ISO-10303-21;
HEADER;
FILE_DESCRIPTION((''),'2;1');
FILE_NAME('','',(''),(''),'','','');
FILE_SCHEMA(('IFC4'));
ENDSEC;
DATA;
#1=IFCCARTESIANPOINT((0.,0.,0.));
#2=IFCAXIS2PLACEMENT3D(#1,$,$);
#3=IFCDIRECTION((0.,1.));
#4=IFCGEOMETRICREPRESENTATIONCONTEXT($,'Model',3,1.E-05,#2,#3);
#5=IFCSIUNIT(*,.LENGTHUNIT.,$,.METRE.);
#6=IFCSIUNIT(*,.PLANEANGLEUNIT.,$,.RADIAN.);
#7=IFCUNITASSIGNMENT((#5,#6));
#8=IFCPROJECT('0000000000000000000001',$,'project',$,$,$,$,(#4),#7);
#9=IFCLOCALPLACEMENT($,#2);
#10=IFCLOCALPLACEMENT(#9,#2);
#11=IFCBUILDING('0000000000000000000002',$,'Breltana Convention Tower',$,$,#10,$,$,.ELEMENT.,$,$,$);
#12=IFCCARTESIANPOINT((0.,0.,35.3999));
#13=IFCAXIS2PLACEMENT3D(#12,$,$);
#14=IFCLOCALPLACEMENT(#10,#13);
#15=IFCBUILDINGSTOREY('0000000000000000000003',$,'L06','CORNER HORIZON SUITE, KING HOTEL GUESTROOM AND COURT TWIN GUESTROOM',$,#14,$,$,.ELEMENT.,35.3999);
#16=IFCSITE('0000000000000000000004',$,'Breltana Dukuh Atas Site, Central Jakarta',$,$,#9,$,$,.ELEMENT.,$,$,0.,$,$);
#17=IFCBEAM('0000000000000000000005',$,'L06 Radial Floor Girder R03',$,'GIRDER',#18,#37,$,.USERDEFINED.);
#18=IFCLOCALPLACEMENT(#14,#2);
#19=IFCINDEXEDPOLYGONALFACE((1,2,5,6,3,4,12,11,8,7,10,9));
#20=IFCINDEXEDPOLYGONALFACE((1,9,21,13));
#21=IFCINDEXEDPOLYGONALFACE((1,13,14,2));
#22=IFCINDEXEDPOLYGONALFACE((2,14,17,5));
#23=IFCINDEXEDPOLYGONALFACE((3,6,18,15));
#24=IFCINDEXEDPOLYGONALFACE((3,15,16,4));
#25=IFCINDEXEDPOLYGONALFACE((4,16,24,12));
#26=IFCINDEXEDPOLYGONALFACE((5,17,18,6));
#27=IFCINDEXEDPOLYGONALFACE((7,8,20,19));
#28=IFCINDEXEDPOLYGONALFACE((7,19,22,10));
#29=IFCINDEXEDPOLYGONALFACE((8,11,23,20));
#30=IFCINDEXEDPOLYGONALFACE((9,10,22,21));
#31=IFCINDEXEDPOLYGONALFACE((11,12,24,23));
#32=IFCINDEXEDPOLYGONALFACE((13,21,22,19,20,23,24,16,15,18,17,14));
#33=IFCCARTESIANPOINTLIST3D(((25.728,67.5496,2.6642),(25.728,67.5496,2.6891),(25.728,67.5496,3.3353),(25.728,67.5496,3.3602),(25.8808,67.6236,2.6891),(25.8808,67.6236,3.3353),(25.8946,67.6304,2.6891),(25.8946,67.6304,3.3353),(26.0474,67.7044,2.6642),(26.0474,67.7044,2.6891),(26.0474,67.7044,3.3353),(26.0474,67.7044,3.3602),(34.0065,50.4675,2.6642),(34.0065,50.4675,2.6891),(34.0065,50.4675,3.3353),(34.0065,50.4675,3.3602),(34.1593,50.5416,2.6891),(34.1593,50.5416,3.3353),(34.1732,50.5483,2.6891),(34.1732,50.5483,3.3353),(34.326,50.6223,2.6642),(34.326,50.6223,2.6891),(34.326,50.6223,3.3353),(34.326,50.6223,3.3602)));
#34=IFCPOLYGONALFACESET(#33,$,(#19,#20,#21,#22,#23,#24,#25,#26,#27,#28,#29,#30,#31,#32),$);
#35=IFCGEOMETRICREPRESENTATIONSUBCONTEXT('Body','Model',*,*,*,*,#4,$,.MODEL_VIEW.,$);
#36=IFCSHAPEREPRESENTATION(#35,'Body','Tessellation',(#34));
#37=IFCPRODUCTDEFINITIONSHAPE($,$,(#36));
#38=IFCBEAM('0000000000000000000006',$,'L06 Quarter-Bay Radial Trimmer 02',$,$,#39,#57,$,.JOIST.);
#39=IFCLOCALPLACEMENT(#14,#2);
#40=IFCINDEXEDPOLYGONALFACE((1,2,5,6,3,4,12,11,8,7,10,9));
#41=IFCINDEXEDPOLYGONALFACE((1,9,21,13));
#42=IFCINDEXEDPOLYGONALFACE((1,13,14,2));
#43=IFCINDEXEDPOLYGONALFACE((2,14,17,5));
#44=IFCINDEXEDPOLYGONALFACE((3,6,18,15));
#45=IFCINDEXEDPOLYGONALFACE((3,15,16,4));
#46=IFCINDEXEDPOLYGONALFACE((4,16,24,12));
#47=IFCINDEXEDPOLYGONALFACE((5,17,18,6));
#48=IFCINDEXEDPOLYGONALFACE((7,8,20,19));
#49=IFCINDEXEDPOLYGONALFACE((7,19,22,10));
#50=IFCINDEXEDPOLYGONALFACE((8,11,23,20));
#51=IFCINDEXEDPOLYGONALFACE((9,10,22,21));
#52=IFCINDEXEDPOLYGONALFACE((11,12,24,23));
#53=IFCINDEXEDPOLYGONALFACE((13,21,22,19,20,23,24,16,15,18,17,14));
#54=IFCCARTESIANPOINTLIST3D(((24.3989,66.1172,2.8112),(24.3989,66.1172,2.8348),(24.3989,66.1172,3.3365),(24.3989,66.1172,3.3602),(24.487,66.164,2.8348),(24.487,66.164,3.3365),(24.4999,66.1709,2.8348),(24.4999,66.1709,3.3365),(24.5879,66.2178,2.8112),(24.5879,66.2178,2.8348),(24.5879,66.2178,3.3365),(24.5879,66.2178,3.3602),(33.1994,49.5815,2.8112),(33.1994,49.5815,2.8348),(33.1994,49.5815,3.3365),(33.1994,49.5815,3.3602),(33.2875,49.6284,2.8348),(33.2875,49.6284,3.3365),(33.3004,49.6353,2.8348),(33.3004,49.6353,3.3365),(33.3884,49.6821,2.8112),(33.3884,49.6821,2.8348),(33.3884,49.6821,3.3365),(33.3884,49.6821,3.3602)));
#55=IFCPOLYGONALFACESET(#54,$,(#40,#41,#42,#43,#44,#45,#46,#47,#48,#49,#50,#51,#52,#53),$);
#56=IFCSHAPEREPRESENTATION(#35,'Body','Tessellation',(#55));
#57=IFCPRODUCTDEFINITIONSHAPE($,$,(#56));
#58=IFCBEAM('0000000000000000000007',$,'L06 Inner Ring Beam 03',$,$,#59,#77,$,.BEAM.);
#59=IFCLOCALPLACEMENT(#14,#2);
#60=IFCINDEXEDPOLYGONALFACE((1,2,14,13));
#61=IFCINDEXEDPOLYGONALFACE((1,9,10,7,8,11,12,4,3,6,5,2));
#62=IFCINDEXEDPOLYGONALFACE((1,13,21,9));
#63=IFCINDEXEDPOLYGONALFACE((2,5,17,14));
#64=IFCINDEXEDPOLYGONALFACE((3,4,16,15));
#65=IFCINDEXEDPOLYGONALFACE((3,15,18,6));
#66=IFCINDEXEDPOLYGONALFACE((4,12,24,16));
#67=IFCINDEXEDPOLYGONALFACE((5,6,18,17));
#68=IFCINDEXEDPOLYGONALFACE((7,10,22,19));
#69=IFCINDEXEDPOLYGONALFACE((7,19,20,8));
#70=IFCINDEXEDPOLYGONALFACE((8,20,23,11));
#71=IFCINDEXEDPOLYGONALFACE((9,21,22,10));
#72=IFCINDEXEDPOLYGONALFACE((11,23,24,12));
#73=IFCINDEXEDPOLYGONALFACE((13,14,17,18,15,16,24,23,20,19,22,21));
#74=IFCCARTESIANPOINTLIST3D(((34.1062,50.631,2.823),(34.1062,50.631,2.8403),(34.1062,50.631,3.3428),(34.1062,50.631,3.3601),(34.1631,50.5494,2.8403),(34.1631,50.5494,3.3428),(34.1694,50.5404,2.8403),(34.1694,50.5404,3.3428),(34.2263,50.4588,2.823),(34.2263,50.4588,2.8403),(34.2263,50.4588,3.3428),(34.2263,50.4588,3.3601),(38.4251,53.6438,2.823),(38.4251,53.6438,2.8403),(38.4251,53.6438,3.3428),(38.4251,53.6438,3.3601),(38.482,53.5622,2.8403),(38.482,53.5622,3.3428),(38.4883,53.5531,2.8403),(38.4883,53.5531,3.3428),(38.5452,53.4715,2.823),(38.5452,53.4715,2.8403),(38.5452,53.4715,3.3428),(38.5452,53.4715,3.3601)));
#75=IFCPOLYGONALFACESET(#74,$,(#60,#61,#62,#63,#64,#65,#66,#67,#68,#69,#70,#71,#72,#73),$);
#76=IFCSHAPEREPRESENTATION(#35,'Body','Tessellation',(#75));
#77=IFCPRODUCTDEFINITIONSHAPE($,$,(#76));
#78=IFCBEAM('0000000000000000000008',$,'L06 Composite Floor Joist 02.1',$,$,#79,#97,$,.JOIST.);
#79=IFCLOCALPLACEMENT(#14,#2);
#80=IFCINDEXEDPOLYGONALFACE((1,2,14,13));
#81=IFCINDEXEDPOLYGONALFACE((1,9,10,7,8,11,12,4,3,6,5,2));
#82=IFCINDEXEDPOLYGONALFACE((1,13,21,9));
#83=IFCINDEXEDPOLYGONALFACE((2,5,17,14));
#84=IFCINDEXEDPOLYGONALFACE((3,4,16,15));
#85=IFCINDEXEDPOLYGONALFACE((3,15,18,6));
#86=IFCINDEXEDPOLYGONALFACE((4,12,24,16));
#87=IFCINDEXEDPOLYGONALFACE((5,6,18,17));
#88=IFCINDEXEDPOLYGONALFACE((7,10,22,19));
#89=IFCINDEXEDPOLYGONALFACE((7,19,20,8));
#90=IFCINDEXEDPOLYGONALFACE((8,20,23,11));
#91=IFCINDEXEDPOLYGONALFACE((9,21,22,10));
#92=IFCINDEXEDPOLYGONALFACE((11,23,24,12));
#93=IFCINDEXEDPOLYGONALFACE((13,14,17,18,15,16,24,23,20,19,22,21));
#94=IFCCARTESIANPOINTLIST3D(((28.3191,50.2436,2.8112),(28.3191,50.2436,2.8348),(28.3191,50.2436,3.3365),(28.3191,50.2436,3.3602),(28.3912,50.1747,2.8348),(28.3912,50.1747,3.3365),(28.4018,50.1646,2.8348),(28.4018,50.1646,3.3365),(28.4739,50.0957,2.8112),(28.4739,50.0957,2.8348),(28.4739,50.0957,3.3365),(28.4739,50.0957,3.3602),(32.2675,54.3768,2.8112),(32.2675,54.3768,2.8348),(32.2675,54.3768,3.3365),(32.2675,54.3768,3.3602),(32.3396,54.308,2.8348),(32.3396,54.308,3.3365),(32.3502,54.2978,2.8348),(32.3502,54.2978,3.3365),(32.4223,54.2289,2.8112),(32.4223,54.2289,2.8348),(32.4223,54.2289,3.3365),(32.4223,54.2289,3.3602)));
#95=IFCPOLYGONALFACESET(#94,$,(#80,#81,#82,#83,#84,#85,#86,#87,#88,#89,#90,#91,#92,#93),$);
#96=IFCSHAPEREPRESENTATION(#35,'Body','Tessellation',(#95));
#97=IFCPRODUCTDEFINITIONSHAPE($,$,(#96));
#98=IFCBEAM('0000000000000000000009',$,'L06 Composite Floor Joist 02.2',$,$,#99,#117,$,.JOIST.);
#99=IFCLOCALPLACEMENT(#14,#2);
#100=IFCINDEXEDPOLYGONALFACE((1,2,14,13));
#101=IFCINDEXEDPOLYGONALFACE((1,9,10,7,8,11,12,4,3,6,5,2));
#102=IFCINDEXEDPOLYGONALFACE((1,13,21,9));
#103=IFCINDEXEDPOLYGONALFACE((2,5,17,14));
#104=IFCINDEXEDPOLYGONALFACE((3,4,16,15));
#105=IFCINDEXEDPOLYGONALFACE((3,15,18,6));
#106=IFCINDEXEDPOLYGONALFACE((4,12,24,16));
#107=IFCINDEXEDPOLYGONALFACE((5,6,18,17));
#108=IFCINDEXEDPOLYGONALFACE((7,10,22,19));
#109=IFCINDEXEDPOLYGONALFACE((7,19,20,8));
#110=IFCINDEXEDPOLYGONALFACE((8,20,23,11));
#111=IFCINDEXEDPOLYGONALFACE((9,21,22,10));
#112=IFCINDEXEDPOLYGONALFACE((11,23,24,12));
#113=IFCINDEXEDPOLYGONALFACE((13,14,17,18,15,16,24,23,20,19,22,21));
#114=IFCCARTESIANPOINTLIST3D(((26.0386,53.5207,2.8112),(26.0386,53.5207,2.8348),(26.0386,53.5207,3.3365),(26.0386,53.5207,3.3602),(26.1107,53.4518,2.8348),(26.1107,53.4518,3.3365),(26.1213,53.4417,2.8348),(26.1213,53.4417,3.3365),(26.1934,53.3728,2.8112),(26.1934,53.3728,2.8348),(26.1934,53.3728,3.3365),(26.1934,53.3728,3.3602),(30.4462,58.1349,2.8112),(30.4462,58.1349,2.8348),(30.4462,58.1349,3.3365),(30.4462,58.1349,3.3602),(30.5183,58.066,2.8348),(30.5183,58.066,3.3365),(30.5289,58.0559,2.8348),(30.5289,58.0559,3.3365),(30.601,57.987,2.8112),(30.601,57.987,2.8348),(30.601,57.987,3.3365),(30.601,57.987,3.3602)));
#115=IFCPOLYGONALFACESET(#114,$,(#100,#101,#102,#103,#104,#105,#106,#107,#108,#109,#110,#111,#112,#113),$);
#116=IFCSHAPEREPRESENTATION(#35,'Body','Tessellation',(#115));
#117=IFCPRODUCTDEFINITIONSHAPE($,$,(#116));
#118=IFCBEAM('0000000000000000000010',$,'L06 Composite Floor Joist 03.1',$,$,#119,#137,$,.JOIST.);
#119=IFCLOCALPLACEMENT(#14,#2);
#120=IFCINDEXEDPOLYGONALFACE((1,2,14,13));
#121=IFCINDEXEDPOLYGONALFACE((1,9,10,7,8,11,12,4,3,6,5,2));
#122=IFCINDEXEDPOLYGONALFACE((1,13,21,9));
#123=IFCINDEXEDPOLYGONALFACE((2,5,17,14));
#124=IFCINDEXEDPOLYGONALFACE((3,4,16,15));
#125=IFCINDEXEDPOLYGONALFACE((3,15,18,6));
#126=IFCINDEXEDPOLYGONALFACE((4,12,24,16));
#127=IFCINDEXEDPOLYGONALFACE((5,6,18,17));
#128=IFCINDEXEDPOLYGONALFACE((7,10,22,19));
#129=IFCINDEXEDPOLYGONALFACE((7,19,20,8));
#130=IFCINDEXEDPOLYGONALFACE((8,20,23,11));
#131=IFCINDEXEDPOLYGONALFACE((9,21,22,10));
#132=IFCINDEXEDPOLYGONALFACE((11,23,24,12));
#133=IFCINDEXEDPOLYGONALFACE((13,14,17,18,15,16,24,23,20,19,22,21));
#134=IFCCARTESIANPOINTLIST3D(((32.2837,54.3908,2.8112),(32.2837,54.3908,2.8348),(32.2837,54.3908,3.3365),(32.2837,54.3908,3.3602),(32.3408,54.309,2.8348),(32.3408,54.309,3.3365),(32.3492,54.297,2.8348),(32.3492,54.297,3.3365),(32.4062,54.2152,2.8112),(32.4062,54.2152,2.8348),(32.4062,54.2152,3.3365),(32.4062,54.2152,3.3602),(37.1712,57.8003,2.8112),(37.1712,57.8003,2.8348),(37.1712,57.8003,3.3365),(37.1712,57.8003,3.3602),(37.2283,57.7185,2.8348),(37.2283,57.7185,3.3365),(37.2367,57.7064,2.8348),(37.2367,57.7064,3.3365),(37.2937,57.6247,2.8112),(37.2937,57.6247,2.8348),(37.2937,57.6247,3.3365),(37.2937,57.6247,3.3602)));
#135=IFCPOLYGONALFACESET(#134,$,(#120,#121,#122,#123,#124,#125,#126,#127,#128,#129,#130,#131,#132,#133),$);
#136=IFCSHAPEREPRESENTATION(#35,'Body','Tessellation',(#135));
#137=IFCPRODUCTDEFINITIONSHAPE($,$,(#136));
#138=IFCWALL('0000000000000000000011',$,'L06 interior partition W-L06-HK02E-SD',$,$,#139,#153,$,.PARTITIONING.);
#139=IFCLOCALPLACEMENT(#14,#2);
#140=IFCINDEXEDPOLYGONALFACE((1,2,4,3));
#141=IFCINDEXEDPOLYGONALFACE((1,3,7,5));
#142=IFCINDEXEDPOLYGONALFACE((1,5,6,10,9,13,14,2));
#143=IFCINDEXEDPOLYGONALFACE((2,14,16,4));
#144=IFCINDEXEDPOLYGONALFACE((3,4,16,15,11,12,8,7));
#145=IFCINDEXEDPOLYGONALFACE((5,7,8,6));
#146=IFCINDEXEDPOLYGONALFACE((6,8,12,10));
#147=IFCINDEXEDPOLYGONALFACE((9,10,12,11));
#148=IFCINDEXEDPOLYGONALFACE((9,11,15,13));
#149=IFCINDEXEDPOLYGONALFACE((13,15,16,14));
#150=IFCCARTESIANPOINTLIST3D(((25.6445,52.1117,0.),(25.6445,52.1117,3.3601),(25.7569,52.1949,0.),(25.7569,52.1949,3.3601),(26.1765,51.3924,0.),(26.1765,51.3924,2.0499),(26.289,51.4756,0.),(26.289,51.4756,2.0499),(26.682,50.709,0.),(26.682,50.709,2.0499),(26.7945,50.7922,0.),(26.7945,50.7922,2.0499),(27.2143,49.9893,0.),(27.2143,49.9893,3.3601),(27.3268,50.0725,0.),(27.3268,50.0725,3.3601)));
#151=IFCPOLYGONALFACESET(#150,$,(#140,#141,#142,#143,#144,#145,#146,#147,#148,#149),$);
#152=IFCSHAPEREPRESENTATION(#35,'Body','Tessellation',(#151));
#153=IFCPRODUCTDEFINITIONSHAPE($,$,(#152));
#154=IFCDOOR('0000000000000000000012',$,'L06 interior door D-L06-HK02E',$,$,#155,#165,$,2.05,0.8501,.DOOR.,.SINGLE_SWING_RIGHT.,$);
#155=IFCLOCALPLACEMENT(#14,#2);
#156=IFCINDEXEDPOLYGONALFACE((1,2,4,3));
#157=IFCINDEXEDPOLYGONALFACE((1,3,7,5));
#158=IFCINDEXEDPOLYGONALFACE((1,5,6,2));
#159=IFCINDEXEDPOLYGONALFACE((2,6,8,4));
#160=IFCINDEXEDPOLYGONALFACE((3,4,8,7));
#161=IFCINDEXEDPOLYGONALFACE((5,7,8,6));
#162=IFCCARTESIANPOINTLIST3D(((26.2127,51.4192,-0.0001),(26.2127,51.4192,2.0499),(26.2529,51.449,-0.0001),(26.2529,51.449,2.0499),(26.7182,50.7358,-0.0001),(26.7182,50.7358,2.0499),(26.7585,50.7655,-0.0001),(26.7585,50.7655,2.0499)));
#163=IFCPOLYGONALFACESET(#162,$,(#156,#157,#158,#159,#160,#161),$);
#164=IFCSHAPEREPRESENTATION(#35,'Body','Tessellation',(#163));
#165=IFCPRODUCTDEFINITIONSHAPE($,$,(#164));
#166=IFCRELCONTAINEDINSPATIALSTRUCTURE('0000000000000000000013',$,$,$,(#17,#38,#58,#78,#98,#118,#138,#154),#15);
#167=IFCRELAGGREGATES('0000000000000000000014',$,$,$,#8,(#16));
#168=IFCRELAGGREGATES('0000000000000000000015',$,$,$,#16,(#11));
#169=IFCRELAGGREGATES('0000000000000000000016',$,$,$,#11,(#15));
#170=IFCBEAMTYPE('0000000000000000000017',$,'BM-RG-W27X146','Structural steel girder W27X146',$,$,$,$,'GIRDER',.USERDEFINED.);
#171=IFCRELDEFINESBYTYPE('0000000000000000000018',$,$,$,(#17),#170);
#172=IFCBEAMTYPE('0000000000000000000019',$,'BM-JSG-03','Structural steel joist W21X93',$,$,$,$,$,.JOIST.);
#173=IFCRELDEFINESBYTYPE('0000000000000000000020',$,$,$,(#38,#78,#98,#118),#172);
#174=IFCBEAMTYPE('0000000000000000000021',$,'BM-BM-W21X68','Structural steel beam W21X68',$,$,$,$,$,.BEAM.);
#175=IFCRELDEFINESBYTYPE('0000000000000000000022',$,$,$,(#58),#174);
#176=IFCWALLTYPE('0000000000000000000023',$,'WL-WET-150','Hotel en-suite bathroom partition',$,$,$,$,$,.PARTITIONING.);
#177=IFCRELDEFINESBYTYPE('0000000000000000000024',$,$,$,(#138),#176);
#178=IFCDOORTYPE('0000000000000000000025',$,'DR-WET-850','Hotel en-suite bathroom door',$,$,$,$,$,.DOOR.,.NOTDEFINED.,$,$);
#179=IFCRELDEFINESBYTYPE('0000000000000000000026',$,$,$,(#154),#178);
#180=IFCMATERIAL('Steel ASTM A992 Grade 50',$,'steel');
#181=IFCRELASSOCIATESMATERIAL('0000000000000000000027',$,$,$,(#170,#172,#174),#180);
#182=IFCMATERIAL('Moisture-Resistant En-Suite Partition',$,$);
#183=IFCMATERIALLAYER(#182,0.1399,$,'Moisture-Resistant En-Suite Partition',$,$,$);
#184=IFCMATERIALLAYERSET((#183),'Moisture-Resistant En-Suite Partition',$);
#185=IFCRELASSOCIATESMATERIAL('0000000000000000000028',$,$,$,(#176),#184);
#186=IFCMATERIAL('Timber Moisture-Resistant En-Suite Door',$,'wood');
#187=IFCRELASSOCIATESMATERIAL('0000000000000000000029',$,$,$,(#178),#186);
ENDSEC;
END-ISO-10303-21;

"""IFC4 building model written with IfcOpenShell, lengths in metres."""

from ifc_helpers import new_model, si_unit, direction, frame, frame_2d, origin, origin_2d, place, context, subcontext, project, spatial, rectangle, i_section, extrude, source, transform, mapped, material, layer, layer_set, material_profile, profile_set, type_object, type_shapes, element, fill, save


model = new_model("IFC4")

# Units and contexts
model_context = context("Model", 3, precision=1e-05, world=origin(), true_north=direction((0.0, 1.0)))
body_context = subcontext(model_context, "Body", "Model", "MODEL_VIEW")
ifc_project = project(units=[si_unit("LENGTHUNIT", "METRE"), si_unit("PLANEANGLEUNIT", "RADIAN")], contexts=[model_context])

# Site, building, storey
site_placement = place(None, origin())
site = spatial("IfcSite", under=ifc_project, at=site_placement, Name="Breltana Dukuh Atas Site, Central Jakarta", CompositionType="ELEMENT", RefElevation=0.0)
building_placement = place(site_placement, origin())
building = spatial("IfcBuilding", under=site, at=building_placement, Name="Breltana Convention Tower", CompositionType="ELEMENT")
storey_placement = place(building_placement, frame((0.0, 0.0, 35.3999)))
storey = spatial("IfcBuildingStorey", under=building, at=storey_placement, Name="L06", Description="CORNER HORIZON SUITE, KING HOTEL GUESTROOM AND COURT TWIN GUESTROOM", CompositionType="ELEMENT", Elevation=35.3999)

# Beams
ifc_material_1 = material(Name="Steel ASTM A992 Grade 50", Category="steel")
ifc_material_profile_1 = material_profile(ifc_material_1, i_section(OverallWidth=0.355, OverallDepth=0.696, WebThickness=0.0154, FlangeThickness=0.0249, at=origin_2d()), Name="W27X146")
ifc_profile_set_1 = profile_set([ifc_material_profile_1], Name="Steel ASTM A992 Grade 50")
beam_type_1 = type_object("IfcBeamType", Name="BM-RG-W27X146", Description="Structural steel girder W27X146", ElementType="GIRDER", PredefinedType="USERDEFINED", material=ifc_profile_set_1)
shared_shape_1 = source(origin(), body_context, "Body", "SweptSolid", [
    extrude(i_section(OverallWidth=0.355, OverallDepth=0.696, WebThickness=0.0154, FlangeThickness=0.0249, at=origin_2d()), origin(), (0.0, 0.0, 1.0), 18.9824),
])
beam_1_placement = place(storey_placement, frame((34.1663, 50.5449, 3.0122), z_axis=(-0.436119, 0.899889, 0.0), x_axis=(-0.899889, -0.436119, 0.0)))
element("IfcBeam", 1, at=beam_1_placement, inside=storey, type_object=beam_type_1, Name="L06 Radial Floor Girder R03", ObjectType="GIRDER", PredefinedType="USERDEFINED", context=body_context, shape_type="MappedRepresentation", body=[
    mapped(shared_shape_1, transform((0.0, 0.0, 0.0), scale=1.0)),
])
ifc_material_profile_2 = material_profile(ifc_material_1, i_section(OverallWidth=0.2141, OverallDepth=0.5491, WebThickness=0.0146, FlangeThickness=0.0237, at=origin_2d()), Name="W21X93")
ifc_profile_set_2 = profile_set([ifc_material_profile_2], Name="Steel ASTM A992 Grade 50")
beam_type_2 = type_object("IfcBeamType", Name="BM-JSG-03", Description="Structural steel joist W21X93", PredefinedType="JOIST", material=ifc_profile_set_2)
shared_shape_2 = source(origin(), body_context, "Body", "SweptSolid", [
    extrude(i_section(OverallWidth=0.2141, OverallDepth=0.5491, WebThickness=0.0146, FlangeThickness=0.0237, at=origin_2d()), origin(), (0.0, 0.0, 1.0), 18.7317),
])
beam_2_placement = place(storey_placement, frame((33.2939, 49.6318, 3.0857), z_axis=(-0.46982, 0.882762, 0.0), x_axis=(-0.882762, -0.46982, 0.0)))
element("IfcBeam", 2, at=beam_2_placement, inside=storey, type_object=beam_type_2, Name="L06 Quarter-Bay Radial Trimmer 02", PredefinedType="JOIST", context=body_context, shape_type="MappedRepresentation", body=[
    mapped(shared_shape_2, transform((0.0, 0.0, 0.0), scale=1.0)),
])
ifc_material_profile_3 = material_profile(ifc_material_1, i_section(OverallWidth=0.21, OverallDepth=0.5371, WebThickness=0.011, FlangeThickness=0.0173, at=origin_2d()), Name="W21X68")
ifc_profile_set_3 = profile_set([ifc_material_profile_3], Name="Steel ASTM A992 Grade 50")
beam_type_3 = type_object("IfcBeamType", Name="BM-BM-W21X68", Description="Structural steel beam W21X68", PredefinedType="BEAM", material=ifc_profile_set_3)
shared_shape_3 = source(origin(), body_context, "Body", "SweptSolid", [
    extrude(i_section(OverallWidth=0.21, OverallDepth=0.5371, WebThickness=0.011, FlangeThickness=0.0173, at=origin_2d()), origin(), (0.0, 0.0, 1.0), 5.2659),
])
beam_3_placement = place(storey_placement, frame((34.1663, 50.5449, 3.0916), z_axis=(0.820167, 0.572124, 0.0), x_axis=(-0.572124, 0.820167, 0.0)))
element("IfcBeam", 3, at=beam_3_placement, inside=storey, type_object=beam_type_3, Name="L06 Inner Ring Beam 03", PredefinedType="BEAM", context=body_context, shape_type="MappedRepresentation", body=[
    mapped(shared_shape_3, transform((0.0, 0.0, 0.0), scale=1.0)),
])
shared_shape_4 = source(origin(), body_context, "Body", "SweptSolid", [
    extrude(i_section(OverallWidth=0.2141, OverallDepth=0.5491, WebThickness=0.0146, FlangeThickness=0.0237, at=origin_2d()), origin(), (0.0, 0.0, 1.0), 5.7161),
])
beam_4_placement = place(storey_placement, frame((28.3965, 50.1697, 3.0857), z_axis=(0.690756, 0.723088, 0.0), x_axis=(-0.723088, 0.690756, 0.0)))
element("IfcBeam", 4, at=beam_4_placement, inside=storey, type_object=beam_type_2, Name="L06 Composite Floor Joist 02.1", PredefinedType="JOIST", context=body_context, shape_type="MappedRepresentation", body=[
    mapped(shared_shape_4, transform((0.0, 0.0, 0.0), scale=1.0)),
])
shared_shape_5 = source(origin(), body_context, "Body", "SweptSolid", [
    extrude(i_section(OverallWidth=0.2141, OverallDepth=0.5491, WebThickness=0.0146, FlangeThickness=0.0237, at=origin_2d()), origin(), (0.0, 0.0, 1.0), 6.3811),
])
beam_5_placement = place(storey_placement, frame((26.116, 53.4468, 3.0857), z_axis=(0.690738, 0.723105, 0.0), x_axis=(-0.723105, 0.690738, 0.0)))
element("IfcBeam", 5, at=beam_5_placement, inside=storey, type_object=beam_type_2, Name="L06 Composite Floor Joist 02.2", PredefinedType="JOIST", context=body_context, shape_type="MappedRepresentation", body=[
    mapped(shared_shape_5, transform((0.0, 0.0, 0.0), scale=1.0)),
])
shared_shape_6 = source(origin(), body_context, "Body", "SweptSolid", [
    extrude(i_section(OverallWidth=0.2141, OverallDepth=0.5491, WebThickness=0.0146, FlangeThickness=0.0237, at=origin_2d()), origin(), (0.0, 0.0, 1.0), 5.9592),
])
beam_6_placement = place(storey_placement, frame((32.345, 54.303, 3.0857), z_axis=(0.82016, 0.572134, 0.0), x_axis=(-0.572134, 0.82016, 0.0)))
element("IfcBeam", 6, at=beam_6_placement, inside=storey, type_object=beam_type_2, Name="L06 Composite Floor Joist 03.1", PredefinedType="JOIST", context=body_context, shape_type="MappedRepresentation", body=[
    mapped(shared_shape_6, transform((0.0, 0.0, 0.0), scale=1.0)),
])

# Wall, opening, door
ifc_material_2 = material(Name="Moisture-Resistant En-Suite Partition")
ifc_layer_1 = layer(ifc_material_2, 0.1399, Name="Moisture-Resistant En-Suite Partition")
ifc_layer_set_1 = layer_set([ifc_layer_1], Name="Moisture-Resistant En-Suite Partition")
wall_type_1 = type_object("IfcWallType", Name="WL-WET-150", Description="Hotel en-suite bathroom partition", PredefinedType="PARTITIONING", material=ifc_layer_set_1)
shared_shape_7 = source(origin(), body_context, "Body", "SweptSolid", [
    extrude(rectangle(XDim=2.6399, YDim=0.1399, at=frame_2d((1.3198, 0.0))), origin(), (0.0, 0.0, 1.0), 3.3601),
])
wall_1_placement = place(storey_placement, frame((27.2705, 50.031, 0.0), z_axis=(0.0, 0.0, 1.0), x_axis=(-0.594674, 0.803967, 0.0)))
wall_1 = element("IfcWall", 7, at=wall_1_placement, inside=storey, type_object=wall_type_1, Name="L06 interior partition W-L06-HK02E-SD", PredefinedType="PARTITIONING", context=body_context, shape_type="MappedRepresentation", body=[
    mapped(shared_shape_7, transform((0.0, 0.0, 0.0), scale=1.0)),
])
opening_1_placement = place(wall_1_placement, frame((0.895, 0.0, 0.0)))
opening_1 = element("IfcOpeningElement", 8, at=opening_1_placement, cuts=wall_1, PredefinedType="OPENING", context=body_context, shape_type="SweptSolid", body=[
    extrude(rectangle(XDim=0.8501, YDim=2.05, at=frame_2d((0.425, 1.0249))), frame((0.0, 0.0801, 0.0), z_axis=(0.0, -1.0, 0.0), x_axis=(1.0, 0.0, 0.0)), (0.0, 0.0, 1.0), 0.1599),
])
ifc_material_3 = material(Name="Timber Moisture-Resistant En-Suite Door", Category="wood")
door_type_1 = type_object("IfcDoorType", Name="DR-WET-850", Description="Hotel en-suite bathroom door", OperationType="NOTDEFINED", PredefinedType="DOOR", material=ifc_material_3)
shared_shape_8 = source(origin(), body_context, "Body", "SweptSolid", [
    extrude(rectangle(XDim=0.8501, YDim=2.05, at=frame_2d((0.425, 1.0249))), frame((0.0, 0.0249, 0.0), z_axis=(0.0, -1.0, 0.0), x_axis=(1.0, 0.0, 0.0)), (0.0, 0.0, 1.0), 0.05),
])
type_shapes(door_type_1, [shared_shape_8])
door_1_placement = place(opening_1_placement, origin())
door_1 = element("IfcDoor", 9, at=door_1_placement, inside=storey, type_object=door_type_1, Name="L06 interior door D-L06-HK02E", OperationType="SINGLE_SWING_RIGHT", OverallHeight=2.05, OverallWidth=0.8501, PredefinedType="DOOR", context=body_context, shape_type="MappedRepresentation", body=[
    mapped(shared_shape_8, transform((0.0, 0.0, 0.0), scale=1.0)),
])
fill(opening_1, door_1)

save(model, "model.ifc")
